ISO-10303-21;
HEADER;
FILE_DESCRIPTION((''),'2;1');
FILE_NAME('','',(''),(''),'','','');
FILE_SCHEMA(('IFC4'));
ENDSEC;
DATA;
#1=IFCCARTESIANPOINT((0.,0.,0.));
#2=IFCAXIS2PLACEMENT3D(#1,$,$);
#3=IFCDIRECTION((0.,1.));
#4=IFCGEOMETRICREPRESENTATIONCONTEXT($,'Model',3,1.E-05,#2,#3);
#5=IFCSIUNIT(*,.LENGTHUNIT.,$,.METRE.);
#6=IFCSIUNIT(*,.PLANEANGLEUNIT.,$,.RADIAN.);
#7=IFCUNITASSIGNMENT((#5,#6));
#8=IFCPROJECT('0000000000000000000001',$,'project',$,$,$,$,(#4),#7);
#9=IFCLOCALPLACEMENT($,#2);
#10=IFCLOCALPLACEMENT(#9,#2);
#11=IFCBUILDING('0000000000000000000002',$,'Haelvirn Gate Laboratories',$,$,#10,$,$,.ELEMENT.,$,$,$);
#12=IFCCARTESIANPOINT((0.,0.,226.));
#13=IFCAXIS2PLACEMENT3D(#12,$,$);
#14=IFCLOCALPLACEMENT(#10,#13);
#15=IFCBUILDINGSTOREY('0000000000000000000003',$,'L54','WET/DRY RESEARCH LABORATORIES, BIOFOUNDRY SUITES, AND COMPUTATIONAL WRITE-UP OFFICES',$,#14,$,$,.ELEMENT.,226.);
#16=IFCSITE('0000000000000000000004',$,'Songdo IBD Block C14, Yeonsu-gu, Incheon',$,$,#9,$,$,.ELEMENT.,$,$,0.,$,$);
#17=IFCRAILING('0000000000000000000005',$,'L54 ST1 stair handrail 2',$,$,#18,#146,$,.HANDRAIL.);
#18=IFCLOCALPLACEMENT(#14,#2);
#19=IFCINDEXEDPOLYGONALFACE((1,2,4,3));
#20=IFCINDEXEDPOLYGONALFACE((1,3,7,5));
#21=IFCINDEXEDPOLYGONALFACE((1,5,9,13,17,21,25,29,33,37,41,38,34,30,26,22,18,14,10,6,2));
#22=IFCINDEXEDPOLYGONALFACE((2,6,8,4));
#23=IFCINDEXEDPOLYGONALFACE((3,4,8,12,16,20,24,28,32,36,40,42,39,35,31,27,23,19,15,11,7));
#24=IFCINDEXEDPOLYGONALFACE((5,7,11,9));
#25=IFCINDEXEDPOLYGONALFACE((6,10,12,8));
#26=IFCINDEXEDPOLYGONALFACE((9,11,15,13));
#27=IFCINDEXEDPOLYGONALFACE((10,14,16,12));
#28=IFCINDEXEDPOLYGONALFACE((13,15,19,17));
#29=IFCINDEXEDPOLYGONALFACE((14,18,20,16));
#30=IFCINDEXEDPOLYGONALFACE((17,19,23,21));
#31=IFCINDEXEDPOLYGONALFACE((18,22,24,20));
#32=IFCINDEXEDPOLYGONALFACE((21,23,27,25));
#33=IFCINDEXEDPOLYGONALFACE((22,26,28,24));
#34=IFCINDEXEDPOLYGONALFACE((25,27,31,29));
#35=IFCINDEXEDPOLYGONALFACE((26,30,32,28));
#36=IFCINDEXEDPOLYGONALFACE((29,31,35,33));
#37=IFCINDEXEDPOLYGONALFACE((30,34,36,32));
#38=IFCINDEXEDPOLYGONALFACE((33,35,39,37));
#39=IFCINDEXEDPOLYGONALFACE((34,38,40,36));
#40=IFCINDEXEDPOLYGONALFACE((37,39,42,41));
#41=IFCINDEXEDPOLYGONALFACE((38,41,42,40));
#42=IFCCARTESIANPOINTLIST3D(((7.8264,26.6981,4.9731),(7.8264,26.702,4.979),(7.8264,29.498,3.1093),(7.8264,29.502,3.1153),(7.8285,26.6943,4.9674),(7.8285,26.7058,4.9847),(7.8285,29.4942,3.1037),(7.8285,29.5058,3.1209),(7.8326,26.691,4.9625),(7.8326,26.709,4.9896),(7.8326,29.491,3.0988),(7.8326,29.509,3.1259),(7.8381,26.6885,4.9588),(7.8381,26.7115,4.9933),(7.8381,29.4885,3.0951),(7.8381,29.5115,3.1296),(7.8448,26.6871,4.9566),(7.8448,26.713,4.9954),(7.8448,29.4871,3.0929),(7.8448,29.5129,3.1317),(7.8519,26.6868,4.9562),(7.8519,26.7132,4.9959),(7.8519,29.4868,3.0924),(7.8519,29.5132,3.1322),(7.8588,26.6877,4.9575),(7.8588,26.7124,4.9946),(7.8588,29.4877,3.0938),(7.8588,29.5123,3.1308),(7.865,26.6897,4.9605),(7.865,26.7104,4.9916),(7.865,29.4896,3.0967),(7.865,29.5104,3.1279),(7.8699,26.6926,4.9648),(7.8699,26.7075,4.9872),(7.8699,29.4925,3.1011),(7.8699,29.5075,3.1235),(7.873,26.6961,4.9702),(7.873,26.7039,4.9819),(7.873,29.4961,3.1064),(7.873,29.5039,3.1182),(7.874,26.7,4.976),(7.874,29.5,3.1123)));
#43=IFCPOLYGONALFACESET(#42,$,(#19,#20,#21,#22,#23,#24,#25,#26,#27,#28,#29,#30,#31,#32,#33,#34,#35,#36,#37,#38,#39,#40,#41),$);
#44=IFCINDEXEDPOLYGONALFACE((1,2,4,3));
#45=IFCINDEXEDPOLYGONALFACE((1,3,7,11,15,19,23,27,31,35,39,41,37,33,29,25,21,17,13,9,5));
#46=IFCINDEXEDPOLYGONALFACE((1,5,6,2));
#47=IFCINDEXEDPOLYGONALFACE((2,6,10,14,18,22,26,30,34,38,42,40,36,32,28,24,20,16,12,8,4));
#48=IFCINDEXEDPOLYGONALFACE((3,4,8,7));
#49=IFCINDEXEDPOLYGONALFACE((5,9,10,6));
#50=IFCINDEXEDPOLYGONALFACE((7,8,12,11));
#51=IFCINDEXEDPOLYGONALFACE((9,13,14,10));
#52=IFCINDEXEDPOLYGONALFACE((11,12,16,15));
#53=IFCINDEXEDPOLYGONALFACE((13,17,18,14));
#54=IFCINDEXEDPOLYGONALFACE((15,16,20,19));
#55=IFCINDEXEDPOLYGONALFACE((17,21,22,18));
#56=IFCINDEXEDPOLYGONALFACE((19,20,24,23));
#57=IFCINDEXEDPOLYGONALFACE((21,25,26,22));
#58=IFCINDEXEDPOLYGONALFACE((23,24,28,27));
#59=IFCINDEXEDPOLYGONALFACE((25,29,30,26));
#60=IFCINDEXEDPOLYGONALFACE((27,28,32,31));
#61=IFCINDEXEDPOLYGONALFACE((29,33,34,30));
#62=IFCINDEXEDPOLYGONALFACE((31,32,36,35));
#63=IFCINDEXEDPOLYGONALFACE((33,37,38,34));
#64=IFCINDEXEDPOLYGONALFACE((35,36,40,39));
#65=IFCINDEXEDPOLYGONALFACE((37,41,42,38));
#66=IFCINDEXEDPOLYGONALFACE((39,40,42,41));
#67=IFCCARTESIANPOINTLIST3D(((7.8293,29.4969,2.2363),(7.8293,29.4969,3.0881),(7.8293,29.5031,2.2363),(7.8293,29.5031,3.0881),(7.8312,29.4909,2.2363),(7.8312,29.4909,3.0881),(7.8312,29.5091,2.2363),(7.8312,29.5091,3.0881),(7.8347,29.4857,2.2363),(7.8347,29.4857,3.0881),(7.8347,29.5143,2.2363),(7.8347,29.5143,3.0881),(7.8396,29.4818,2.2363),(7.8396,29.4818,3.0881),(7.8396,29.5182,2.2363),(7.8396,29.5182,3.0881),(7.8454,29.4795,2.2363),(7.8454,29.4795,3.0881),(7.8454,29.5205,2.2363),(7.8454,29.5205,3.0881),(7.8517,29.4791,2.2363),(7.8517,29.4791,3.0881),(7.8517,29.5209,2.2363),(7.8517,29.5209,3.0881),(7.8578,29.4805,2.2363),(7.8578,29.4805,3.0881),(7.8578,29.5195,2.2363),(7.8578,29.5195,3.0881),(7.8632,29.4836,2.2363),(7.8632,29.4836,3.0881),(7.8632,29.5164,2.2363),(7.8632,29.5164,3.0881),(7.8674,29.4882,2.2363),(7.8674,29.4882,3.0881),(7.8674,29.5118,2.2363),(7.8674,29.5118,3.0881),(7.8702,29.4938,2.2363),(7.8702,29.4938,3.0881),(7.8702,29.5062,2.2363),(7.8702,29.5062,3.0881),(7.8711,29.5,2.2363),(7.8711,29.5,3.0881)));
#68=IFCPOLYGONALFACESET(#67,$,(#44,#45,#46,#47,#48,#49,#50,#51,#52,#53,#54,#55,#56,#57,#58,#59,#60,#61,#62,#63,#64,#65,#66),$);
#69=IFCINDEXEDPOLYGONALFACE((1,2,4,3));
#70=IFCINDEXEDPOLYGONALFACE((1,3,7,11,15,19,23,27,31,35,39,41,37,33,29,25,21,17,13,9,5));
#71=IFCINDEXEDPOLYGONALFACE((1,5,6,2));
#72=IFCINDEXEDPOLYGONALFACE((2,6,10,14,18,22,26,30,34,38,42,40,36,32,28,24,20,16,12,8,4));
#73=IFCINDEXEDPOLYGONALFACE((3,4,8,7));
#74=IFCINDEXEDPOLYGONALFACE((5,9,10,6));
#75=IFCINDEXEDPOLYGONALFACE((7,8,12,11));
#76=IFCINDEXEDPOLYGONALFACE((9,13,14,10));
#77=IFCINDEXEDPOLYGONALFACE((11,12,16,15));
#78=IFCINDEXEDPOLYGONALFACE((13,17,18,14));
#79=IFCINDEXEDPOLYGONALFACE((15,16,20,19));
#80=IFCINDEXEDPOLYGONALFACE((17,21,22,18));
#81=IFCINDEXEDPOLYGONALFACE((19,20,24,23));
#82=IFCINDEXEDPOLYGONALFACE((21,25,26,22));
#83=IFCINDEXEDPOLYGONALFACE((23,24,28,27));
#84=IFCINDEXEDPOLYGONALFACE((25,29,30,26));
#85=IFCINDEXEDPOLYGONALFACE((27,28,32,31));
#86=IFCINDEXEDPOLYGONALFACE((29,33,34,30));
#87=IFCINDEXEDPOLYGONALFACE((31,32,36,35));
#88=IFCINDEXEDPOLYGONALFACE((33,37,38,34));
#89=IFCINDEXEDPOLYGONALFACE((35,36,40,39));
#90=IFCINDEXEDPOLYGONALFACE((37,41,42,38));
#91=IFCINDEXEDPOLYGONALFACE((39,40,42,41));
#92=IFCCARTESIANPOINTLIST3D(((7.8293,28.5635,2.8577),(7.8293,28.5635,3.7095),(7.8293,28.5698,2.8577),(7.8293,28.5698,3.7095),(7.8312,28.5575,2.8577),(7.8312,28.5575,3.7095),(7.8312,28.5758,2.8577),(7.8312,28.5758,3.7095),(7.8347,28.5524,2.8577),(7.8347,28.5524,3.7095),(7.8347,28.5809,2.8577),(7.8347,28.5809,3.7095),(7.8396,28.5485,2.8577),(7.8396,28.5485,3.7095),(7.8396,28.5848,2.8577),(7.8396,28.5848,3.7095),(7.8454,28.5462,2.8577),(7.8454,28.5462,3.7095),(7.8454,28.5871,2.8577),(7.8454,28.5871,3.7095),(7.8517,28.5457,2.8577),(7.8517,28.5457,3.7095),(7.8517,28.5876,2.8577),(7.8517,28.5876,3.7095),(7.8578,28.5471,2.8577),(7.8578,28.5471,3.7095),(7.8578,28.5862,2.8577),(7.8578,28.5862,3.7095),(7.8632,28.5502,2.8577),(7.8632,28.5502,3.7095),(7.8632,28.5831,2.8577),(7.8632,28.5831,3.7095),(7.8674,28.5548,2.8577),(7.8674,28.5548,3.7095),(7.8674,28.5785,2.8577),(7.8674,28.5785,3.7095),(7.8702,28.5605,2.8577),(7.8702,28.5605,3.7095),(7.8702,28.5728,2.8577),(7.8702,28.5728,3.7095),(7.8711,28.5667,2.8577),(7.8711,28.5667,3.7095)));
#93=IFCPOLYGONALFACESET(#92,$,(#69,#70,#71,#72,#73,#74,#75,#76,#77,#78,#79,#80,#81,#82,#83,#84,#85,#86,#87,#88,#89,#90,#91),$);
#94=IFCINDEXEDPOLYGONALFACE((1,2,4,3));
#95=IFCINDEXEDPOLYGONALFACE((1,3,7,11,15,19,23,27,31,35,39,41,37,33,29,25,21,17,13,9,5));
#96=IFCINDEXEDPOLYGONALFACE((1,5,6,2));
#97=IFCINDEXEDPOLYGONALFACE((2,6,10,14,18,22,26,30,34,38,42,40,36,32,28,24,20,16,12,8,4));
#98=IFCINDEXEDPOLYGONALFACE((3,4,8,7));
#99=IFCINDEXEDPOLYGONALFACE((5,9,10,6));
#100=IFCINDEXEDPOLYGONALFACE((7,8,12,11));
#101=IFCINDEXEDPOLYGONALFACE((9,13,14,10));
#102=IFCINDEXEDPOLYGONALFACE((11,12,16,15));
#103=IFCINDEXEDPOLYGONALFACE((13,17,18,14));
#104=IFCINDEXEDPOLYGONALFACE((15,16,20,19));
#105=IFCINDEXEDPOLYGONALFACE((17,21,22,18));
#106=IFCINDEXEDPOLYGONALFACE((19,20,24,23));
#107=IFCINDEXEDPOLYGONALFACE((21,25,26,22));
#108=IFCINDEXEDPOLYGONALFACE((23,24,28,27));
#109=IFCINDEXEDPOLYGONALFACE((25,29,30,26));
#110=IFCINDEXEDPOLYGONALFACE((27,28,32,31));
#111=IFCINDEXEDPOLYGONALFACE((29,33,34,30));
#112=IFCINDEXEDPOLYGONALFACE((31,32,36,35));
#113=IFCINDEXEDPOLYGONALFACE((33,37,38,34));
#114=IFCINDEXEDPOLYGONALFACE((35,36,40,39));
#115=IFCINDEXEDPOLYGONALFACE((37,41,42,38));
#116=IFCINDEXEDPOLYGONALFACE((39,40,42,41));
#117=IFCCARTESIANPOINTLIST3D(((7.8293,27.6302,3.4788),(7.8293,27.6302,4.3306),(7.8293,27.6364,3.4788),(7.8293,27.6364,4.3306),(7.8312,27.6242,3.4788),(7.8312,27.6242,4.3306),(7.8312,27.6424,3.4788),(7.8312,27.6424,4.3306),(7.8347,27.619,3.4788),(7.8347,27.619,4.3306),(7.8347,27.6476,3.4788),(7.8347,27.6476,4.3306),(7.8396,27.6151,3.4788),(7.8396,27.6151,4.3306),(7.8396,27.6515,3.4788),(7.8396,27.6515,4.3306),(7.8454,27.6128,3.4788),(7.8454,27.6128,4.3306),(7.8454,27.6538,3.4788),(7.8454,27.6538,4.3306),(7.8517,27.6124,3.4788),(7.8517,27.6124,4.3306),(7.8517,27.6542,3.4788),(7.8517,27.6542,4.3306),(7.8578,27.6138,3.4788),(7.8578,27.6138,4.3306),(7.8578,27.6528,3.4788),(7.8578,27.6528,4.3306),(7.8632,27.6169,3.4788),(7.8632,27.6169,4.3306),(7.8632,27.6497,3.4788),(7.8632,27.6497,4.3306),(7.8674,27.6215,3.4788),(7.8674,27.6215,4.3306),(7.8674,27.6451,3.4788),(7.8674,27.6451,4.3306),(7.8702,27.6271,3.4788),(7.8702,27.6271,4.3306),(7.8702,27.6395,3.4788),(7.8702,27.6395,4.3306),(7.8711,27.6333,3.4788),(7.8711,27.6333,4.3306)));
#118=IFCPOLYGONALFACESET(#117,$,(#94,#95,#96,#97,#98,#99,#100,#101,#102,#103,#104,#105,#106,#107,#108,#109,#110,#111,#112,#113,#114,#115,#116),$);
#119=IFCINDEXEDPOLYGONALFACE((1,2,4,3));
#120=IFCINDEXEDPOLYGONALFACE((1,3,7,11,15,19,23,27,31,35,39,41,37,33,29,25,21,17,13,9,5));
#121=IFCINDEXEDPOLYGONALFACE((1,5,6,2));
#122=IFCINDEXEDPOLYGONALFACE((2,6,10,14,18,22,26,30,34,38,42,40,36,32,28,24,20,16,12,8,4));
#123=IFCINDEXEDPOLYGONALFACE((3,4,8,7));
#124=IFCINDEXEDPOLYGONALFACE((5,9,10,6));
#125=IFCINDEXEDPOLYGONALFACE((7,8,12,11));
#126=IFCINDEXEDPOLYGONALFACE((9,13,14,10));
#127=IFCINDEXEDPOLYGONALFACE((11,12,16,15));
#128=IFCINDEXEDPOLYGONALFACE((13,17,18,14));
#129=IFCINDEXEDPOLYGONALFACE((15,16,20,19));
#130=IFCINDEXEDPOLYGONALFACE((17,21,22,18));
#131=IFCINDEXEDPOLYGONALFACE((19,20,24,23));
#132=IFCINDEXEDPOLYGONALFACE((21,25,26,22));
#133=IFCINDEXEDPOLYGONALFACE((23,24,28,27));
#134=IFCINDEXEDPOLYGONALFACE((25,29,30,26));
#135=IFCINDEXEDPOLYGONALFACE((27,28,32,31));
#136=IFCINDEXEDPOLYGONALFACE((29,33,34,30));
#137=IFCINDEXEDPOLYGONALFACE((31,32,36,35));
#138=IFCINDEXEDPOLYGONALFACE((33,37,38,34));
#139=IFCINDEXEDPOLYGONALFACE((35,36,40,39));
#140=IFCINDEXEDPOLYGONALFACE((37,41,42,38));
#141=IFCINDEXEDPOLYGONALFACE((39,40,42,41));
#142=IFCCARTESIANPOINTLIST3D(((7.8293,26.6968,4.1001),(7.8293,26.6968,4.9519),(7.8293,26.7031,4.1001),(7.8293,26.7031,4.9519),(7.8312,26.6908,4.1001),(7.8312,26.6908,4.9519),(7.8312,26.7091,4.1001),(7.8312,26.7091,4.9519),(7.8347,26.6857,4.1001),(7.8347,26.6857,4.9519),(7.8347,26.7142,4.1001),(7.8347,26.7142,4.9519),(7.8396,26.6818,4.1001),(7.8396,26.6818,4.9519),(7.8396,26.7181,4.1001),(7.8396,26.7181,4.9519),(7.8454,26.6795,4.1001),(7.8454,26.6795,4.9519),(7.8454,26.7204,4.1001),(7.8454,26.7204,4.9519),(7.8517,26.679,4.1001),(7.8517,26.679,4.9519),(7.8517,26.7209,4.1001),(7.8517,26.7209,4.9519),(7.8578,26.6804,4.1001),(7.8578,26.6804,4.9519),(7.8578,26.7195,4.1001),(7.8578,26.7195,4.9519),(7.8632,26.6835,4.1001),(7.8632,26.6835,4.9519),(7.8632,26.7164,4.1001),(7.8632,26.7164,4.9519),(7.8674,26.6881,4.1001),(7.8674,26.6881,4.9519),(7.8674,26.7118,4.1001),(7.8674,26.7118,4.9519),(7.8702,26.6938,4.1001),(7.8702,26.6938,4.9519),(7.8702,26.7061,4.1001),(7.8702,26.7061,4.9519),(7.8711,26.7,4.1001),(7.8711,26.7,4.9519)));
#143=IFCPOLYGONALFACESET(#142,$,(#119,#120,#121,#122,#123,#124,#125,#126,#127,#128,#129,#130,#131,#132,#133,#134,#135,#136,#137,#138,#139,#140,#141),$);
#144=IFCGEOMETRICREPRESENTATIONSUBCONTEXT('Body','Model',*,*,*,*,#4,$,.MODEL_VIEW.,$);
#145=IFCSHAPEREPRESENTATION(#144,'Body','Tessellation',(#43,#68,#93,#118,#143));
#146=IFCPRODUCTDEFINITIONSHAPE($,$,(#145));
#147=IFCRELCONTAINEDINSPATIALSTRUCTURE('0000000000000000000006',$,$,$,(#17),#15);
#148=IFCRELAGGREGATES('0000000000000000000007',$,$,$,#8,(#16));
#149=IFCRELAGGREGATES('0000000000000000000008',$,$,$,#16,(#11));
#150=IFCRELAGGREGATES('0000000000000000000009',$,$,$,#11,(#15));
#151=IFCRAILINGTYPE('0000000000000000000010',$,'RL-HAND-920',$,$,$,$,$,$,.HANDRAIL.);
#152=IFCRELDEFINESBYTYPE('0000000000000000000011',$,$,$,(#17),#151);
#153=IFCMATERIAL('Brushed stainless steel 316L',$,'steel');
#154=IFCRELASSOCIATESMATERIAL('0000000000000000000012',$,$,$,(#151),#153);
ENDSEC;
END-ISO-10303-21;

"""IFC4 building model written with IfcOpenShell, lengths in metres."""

from ifc_helpers import new_model, si_unit, direction, frame, origin, origin_2d, place, context, subcontext, project, spatial, circle, extrude, source, transform, mapped, material, type_object, element, save


model = new_model("IFC4")

# Units and contexts
model_context = context("Model", 3, precision=1e-05, world=origin(), true_north=direction((0.0, 1.0)))
body_context = subcontext(model_context, "Body", "Model", "MODEL_VIEW")
ifc_project = project(units=[si_unit("LENGTHUNIT", "METRE"), si_unit("PLANEANGLEUNIT", "RADIAN")], contexts=[model_context])

# Site, building, storey
site_placement = place(None, origin())
site = spatial("IfcSite", under=ifc_project, at=site_placement, Name="Songdo IBD Block C14, Yeonsu-gu, Incheon", CompositionType="ELEMENT", RefElevation=0.0)
building_placement = place(site_placement, origin())
building = spatial("IfcBuilding", under=site, at=building_placement, Name="Haelvirn Gate Laboratories", CompositionType="ELEMENT")
storey_placement = place(building_placement, frame((0.0, 0.0, 226.0)))
storey = spatial("IfcBuildingStorey", under=building, at=storey_placement, Name="L54", Description="WET/DRY RESEARCH LABORATORIES, BIOFOUNDRY SUITES, AND COMPUTATIONAL WRITE-UP OFFICES", CompositionType="ELEMENT", Elevation=226.0)

# Railing
ifc_material_1 = material(Name="Brushed stainless steel 316L", Category="steel")
railing_type_1 = type_object("IfcRailingType", Name="RL-HAND-920", PredefinedType="HANDRAIL", material=ifc_material_1)
shared_shape_1 = source(origin(), body_context, "Body", "SweptSolid", [
    extrude(circle(Radius=0.0239, at=origin_2d()), frame((0.0, 0.0, 0.876), z_axis=(0.0, -0.832452, 0.554097), x_axis=(1.0, 0.0, 0.0)), (0.0, 0.0, 1.0), 3.3635),
    extrude(circle(Radius=0.021, at=origin_2d()), origin(), (0.0, 0.0, 1.0), 0.8518),
    extrude(circle(Radius=0.021, at=origin_2d()), frame((0.0, -0.9333, 0.6213)), (0.0, 0.0, 1.0), 0.8518),
    extrude(circle(Radius=0.021, at=origin_2d()), frame((0.0, -1.8667, 1.2424)), (0.0, 0.0, 1.0), 0.8518),
    extrude(circle(Radius=0.021, at=origin_2d()), frame((0.0, -2.8, 1.8638)), (0.0, 0.0, 1.0), 0.8518),
])
railing_1_placement = place(storey_placement, frame((7.8501, 29.5, 2.2363)))
element("IfcRailing", 1, at=railing_1_placement, inside=storey, type_object=railing_type_1, Name="L54 ST1 stair handrail 2", PredefinedType="HANDRAIL", context=body_context, shape_type="MappedRepresentation", body=[
    mapped(shared_shape_1, transform((0.0, 0.0, 0.0), scale=1.0)),
])

save(model, "model.ifc")
